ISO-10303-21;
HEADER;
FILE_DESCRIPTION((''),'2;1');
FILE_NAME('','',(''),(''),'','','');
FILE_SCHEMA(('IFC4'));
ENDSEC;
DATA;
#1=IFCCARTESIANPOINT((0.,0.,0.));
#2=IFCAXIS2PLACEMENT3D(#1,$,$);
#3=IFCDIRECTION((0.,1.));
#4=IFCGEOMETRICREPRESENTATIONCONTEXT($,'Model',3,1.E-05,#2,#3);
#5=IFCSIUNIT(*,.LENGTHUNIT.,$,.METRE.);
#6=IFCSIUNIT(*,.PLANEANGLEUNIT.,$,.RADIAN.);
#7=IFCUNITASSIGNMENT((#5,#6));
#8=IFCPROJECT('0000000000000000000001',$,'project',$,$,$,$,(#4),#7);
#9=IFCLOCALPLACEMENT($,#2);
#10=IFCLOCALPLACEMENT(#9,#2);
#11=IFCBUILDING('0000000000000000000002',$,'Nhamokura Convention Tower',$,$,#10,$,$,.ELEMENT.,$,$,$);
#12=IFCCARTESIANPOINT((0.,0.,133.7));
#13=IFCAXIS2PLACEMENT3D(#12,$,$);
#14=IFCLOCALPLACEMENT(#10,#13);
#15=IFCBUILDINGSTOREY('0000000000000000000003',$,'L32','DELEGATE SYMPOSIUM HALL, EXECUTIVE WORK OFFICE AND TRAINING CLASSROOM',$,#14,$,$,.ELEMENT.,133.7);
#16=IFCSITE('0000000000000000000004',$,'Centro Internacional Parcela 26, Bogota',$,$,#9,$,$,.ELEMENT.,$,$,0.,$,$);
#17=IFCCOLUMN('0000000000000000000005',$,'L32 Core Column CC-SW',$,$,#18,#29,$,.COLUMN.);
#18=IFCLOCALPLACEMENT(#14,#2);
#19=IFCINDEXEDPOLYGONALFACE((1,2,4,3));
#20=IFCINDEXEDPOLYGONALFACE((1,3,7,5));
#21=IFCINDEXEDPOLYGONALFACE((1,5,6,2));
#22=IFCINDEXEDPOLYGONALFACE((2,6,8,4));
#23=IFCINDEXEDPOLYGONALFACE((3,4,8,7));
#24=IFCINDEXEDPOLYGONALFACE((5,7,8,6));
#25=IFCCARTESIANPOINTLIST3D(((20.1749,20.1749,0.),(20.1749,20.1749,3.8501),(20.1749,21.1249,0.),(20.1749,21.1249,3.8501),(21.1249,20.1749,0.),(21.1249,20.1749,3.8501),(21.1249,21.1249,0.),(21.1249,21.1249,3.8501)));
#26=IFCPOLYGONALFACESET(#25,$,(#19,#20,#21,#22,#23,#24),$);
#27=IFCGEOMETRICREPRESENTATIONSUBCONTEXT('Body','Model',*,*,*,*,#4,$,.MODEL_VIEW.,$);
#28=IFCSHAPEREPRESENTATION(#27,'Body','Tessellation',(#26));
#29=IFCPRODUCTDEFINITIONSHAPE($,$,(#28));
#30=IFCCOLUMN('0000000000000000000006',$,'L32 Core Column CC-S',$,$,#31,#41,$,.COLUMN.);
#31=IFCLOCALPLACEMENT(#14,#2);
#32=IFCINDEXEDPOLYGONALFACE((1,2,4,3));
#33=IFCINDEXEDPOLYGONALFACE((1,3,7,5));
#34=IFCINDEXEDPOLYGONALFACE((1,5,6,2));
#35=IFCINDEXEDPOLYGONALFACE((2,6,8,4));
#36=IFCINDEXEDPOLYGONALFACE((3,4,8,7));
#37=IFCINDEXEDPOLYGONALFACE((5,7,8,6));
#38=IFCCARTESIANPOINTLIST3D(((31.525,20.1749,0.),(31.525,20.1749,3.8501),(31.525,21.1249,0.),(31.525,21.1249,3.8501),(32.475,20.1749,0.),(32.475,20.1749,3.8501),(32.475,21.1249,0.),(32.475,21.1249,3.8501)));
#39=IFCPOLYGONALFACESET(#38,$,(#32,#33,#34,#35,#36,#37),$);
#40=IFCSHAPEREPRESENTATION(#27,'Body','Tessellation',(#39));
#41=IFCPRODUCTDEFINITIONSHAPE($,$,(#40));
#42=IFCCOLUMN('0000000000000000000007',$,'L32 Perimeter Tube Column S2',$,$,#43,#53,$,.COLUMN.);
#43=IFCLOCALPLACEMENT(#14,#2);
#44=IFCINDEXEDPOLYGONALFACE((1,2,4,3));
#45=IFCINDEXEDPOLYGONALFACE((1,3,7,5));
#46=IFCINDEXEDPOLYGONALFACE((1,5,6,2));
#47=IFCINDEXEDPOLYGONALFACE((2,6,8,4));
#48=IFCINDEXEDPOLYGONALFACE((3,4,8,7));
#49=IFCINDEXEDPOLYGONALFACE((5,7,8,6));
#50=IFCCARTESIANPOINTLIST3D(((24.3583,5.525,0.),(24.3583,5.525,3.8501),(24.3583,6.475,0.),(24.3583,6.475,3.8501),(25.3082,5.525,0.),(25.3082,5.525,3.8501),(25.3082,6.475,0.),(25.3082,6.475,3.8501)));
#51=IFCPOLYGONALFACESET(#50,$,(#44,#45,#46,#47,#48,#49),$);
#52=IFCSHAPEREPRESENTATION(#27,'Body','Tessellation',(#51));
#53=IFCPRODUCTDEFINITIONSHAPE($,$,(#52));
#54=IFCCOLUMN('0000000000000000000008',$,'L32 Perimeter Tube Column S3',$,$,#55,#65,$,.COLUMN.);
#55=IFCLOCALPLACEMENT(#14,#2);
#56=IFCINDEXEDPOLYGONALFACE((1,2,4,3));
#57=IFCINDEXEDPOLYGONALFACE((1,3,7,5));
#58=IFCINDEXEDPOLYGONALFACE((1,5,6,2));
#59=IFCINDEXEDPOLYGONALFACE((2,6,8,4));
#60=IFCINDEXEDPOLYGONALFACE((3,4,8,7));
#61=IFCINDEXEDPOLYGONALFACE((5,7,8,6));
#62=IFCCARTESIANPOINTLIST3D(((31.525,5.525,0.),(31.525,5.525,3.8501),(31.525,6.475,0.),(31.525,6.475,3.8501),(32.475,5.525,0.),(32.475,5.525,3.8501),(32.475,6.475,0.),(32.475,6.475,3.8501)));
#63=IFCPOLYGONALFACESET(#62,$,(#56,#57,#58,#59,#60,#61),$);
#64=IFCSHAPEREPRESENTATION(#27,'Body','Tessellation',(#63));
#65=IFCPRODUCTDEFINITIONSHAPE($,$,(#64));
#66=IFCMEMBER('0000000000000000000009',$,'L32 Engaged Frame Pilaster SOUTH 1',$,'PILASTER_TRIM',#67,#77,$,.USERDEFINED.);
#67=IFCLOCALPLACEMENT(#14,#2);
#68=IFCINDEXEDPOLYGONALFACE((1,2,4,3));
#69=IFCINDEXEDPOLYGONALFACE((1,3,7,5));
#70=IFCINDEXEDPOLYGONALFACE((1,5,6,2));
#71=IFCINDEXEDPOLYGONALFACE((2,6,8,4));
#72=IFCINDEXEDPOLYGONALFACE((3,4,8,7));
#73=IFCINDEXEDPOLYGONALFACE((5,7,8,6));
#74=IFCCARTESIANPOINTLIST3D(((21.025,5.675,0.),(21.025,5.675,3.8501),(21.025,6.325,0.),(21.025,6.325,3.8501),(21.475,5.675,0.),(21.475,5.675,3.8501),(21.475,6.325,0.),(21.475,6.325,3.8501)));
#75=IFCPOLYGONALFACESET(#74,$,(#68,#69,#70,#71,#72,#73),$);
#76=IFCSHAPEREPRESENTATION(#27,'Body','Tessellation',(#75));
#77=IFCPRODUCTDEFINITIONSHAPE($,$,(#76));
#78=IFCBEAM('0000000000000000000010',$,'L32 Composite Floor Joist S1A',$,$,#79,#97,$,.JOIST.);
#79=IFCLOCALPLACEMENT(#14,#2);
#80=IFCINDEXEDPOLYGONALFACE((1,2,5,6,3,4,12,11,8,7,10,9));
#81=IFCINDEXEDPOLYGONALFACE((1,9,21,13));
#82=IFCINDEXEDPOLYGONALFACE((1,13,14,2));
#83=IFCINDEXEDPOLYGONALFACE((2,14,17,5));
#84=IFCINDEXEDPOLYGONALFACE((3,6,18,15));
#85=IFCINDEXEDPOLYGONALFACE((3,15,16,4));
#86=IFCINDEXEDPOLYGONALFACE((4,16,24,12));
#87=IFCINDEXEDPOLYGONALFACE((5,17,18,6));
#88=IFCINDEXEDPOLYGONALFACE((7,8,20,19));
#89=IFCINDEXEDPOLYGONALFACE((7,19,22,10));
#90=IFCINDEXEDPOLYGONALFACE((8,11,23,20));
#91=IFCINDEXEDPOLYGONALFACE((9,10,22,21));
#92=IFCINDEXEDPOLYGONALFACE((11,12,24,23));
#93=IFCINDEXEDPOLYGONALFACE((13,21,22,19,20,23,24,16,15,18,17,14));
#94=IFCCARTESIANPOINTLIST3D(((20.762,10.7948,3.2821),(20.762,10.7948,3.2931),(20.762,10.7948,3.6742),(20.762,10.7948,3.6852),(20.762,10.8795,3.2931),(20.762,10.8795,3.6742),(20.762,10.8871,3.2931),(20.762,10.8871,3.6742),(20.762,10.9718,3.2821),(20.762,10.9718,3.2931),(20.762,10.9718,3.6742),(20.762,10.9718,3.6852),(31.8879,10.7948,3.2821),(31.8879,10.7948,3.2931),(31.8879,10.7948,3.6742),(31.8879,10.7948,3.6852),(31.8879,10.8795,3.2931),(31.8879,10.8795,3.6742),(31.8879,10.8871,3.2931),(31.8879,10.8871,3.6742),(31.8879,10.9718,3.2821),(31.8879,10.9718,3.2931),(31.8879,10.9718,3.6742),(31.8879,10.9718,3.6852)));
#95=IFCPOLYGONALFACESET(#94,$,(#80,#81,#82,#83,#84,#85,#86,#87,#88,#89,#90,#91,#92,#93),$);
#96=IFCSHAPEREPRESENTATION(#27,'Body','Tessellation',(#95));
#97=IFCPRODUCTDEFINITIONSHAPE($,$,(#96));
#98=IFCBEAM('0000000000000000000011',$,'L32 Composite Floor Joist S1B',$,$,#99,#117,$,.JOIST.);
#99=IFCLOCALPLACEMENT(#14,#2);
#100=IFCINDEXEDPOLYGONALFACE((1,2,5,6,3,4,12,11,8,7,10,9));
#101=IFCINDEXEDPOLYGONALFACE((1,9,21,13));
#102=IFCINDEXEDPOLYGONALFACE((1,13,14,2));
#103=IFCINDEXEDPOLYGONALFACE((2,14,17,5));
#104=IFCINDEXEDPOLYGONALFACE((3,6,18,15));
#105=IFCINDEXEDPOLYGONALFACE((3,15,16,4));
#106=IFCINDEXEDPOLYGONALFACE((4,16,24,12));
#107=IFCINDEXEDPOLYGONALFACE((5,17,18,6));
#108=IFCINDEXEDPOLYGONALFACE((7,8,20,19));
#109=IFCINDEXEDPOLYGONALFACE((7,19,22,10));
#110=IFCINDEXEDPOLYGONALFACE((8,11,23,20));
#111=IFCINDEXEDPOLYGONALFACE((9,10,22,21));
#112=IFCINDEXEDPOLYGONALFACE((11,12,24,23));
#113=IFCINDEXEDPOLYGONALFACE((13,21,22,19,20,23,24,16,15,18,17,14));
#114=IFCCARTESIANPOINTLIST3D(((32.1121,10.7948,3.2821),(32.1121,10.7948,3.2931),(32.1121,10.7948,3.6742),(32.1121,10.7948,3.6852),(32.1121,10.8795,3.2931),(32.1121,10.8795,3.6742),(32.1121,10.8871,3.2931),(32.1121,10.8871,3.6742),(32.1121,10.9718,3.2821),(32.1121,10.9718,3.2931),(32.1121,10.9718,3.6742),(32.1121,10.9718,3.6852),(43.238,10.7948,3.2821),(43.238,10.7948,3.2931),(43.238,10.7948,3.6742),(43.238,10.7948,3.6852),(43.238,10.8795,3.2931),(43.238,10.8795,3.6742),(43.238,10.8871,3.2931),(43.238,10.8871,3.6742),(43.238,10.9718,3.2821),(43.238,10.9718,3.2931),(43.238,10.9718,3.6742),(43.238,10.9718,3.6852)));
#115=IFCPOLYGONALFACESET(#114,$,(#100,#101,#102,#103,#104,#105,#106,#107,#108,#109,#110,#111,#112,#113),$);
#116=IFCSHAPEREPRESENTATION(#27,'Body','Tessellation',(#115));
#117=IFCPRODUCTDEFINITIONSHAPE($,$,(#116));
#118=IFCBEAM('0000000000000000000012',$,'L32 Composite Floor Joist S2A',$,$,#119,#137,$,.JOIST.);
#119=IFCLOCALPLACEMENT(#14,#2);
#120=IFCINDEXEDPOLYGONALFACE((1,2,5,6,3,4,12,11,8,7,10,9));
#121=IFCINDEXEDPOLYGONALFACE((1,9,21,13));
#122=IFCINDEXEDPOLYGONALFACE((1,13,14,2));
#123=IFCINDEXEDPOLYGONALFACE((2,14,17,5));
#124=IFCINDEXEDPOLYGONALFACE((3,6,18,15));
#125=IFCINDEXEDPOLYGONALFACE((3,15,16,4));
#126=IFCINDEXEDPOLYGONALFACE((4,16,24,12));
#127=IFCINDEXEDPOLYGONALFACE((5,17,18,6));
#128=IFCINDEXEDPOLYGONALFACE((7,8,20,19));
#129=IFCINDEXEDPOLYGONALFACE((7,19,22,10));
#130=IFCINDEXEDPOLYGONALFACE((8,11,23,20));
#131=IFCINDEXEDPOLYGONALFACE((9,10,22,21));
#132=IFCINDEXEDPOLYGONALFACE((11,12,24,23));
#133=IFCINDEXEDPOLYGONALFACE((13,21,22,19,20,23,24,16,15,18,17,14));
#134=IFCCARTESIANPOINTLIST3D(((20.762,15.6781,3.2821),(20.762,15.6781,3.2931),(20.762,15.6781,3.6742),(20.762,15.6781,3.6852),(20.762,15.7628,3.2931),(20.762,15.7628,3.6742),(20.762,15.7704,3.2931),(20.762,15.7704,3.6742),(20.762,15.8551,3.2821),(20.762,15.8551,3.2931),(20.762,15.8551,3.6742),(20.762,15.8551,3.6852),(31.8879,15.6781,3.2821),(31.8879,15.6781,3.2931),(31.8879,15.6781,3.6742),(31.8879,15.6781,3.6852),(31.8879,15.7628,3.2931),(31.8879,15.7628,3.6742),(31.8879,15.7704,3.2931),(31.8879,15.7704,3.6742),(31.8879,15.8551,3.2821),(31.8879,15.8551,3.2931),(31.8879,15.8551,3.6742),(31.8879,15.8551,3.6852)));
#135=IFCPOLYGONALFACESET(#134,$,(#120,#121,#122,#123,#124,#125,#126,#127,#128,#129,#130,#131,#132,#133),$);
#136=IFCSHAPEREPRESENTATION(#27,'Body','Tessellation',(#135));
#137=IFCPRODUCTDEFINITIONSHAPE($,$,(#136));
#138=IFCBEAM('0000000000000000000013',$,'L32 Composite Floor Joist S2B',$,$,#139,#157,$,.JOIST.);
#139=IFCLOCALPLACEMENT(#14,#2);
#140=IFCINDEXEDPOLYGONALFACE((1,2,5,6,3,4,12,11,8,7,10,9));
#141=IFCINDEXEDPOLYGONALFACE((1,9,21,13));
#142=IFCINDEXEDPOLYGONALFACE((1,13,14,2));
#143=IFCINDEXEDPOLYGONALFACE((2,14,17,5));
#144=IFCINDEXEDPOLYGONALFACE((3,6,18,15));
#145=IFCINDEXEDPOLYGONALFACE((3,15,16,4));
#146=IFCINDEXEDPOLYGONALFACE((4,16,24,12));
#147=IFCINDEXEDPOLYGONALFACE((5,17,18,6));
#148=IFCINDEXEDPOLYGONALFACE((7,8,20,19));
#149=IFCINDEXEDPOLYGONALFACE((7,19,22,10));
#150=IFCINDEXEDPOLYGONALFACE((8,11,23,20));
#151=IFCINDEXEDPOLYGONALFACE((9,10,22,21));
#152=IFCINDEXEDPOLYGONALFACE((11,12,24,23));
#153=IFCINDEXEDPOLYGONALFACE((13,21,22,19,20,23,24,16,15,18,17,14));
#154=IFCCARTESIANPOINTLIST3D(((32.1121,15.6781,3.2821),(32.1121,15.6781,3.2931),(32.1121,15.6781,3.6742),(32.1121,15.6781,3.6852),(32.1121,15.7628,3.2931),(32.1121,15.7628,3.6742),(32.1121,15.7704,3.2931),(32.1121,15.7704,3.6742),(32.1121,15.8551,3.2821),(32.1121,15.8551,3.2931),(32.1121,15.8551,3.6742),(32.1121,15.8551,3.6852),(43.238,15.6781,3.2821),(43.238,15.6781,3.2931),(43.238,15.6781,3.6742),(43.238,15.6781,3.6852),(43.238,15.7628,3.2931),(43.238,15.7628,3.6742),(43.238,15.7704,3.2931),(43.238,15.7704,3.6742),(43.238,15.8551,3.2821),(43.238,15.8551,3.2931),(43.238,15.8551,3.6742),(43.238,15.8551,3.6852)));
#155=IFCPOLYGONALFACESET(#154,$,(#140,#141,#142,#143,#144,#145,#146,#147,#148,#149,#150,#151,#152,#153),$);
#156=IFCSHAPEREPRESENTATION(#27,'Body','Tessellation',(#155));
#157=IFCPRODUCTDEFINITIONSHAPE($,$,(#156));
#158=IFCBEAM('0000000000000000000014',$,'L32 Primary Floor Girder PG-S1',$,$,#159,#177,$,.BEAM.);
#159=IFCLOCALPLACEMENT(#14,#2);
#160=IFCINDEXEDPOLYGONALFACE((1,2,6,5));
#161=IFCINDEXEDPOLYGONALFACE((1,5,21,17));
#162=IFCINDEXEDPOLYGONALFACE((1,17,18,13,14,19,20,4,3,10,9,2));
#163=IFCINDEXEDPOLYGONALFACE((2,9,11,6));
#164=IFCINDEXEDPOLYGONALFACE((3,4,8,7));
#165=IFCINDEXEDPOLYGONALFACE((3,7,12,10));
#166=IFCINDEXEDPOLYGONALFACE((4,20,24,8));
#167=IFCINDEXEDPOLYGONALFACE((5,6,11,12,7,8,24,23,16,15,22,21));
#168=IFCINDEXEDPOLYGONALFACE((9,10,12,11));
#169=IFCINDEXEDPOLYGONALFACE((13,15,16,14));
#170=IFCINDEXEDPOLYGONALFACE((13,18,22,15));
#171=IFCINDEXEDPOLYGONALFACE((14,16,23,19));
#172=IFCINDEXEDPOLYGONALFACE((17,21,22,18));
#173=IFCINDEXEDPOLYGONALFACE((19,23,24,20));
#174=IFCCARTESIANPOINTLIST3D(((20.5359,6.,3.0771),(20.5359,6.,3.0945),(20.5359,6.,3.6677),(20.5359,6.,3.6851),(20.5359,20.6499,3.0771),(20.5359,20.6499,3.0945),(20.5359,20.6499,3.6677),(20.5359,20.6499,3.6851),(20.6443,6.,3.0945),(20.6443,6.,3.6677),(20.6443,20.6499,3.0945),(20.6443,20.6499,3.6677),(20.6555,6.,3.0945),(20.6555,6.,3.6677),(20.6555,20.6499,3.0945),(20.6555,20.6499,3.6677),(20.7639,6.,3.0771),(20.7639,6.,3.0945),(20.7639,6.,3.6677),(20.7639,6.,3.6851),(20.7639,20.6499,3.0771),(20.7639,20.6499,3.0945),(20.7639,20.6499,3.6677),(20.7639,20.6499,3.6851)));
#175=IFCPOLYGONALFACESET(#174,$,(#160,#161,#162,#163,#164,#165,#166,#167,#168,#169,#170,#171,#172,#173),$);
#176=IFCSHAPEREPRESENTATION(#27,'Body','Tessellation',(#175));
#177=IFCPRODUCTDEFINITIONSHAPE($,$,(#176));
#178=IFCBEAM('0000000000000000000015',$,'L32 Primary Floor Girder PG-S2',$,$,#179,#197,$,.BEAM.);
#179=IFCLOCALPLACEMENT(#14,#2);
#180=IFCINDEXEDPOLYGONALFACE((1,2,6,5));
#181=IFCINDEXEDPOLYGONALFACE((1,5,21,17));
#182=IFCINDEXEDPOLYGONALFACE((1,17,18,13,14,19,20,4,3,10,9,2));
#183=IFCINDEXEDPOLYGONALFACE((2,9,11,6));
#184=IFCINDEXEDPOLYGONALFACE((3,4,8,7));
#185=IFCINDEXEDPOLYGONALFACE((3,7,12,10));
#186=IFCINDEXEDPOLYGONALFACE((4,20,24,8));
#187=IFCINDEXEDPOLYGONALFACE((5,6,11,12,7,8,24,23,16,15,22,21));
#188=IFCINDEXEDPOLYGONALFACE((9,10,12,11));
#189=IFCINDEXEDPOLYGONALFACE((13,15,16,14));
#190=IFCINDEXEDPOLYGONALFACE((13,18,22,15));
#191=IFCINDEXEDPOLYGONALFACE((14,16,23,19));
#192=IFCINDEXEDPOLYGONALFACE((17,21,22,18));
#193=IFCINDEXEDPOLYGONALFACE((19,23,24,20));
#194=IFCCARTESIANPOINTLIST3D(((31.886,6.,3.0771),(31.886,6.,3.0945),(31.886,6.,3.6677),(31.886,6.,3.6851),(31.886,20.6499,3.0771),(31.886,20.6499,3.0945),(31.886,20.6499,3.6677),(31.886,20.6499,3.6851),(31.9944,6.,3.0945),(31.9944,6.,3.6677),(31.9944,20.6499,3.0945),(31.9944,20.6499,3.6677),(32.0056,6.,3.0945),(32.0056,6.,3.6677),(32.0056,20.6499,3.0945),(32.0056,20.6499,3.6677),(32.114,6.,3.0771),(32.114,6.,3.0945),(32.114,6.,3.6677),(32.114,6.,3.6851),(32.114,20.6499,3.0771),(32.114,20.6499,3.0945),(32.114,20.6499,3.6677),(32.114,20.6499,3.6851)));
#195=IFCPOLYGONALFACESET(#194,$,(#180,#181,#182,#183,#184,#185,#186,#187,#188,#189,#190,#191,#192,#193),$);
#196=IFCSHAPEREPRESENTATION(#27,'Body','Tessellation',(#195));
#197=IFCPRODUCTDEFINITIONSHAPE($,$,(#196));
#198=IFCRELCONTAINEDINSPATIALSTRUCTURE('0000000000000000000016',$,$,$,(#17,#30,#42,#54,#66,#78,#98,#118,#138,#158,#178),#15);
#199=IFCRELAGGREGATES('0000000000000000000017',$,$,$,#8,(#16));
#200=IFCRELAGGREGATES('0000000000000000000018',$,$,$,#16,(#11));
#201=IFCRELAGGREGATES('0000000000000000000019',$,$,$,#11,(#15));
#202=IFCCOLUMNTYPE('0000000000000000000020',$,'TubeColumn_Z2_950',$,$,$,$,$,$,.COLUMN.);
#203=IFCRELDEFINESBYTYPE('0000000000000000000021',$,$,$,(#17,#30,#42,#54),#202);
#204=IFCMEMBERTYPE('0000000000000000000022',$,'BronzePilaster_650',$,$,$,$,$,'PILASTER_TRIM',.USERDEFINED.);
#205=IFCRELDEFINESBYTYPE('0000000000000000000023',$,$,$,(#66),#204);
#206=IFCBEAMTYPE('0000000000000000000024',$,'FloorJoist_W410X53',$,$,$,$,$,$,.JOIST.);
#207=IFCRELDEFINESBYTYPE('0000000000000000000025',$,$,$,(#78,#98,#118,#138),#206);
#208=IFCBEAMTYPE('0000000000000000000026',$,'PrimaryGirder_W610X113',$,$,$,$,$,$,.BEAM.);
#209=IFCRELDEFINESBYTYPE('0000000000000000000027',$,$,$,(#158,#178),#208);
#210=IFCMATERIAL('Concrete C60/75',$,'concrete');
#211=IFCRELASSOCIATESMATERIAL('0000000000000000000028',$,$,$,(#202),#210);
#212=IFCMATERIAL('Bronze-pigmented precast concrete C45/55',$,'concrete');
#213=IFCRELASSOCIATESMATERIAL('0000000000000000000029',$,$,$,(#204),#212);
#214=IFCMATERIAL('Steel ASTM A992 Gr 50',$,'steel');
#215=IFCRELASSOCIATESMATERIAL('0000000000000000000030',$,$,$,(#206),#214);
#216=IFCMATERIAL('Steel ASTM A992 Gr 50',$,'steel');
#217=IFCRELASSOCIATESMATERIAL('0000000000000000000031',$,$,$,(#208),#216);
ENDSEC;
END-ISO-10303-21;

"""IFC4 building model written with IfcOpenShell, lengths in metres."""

from ifc_helpers import new_model, si_unit, direction, frame, origin, origin_2d, place, context, subcontext, project, spatial, rectangle, i_section, extrude, material, material_profile, profile_set, type_object, element, save


model = new_model("IFC4")

# Units and contexts
model_context = context("Model", 3, precision=1e-05, world=origin(), true_north=direction((0.0, 1.0)))
body_context = subcontext(model_context, "Body", "Model", "MODEL_VIEW")
ifc_project = project(units=[si_unit("LENGTHUNIT", "METRE"), si_unit("PLANEANGLEUNIT", "RADIAN")], contexts=[model_context])

# Site, building, storey
site_placement = place(None, origin())
site = spatial("IfcSite", under=ifc_project, at=site_placement, Name="Centro Internacional Parcela 26, Bogota", CompositionType="ELEMENT", RefElevation=0.0)
building_placement = place(site_placement, origin())
building = spatial("IfcBuilding", under=site, at=building_placement, Name="Nhamokura Convention Tower", CompositionType="ELEMENT")
storey_placement = place(building_placement, frame((0.0, 0.0, 133.7)))
storey = spatial("IfcBuildingStorey", under=building, at=storey_placement, Name="L32", Description="DELEGATE SYMPOSIUM HALL, EXECUTIVE WORK OFFICE AND TRAINING CLASSROOM", CompositionType="ELEMENT", Elevation=133.7)

# Columns
ifc_material_1 = material(Name="Concrete C60/75", Category="concrete")
ifc_material_profile_1 = material_profile(ifc_material_1, rectangle(XDim=0.95, YDim=0.95, at=origin_2d()))
ifc_profile_set_1 = profile_set([ifc_material_profile_1], Name="Concrete C60/75")
column_type = type_object("IfcColumnType", Name="TubeColumn_Z2_950", PredefinedType="COLUMN", material=ifc_profile_set_1)
for number, where, z_axis, x_axis, name in (
    (1, (20.6499, 20.6499, 0.0), (0.0, 0.0, 1.0), (1.0, 0.0, 0.0), "L32 Core Column CC-SW"),
    (2, (32.0, 20.6499, 0.0), (0.0, 0.0, 1.0), (1.0, 0.0, 0.0), "L32 Core Column CC-S"),
    (3, (24.8333, 6.0, 0.0), (0.0, 0.0, 1.0), (1.0, 0.0, 0.0), "L32 Perimeter Tube Column S2"),
    (4, (32.0, 6.0, 0.0), (0.0, 0.0, 1.0), (1.0, 0.0, 0.0), "L32 Perimeter Tube Column S3"),
):
    element("IfcColumn", number, at=place(storey_placement, frame(where, z_axis=z_axis, x_axis=x_axis)), inside=storey, type_object=column_type, Name=name, PredefinedType="COLUMN", context=body_context, shape_type="SweptSolid", body=[
        extrude(rectangle(XDim=0.95, YDim=0.95, at=origin_2d()), origin(), (0.0, 0.0, 1.0), 3.8501),
    ])

# Member
ifc_material_2 = material(Name="Bronze-pigmented precast concrete C45/55", Category="concrete")
ifc_material_profile_2 = material_profile(ifc_material_2, rectangle(XDim=0.45, YDim=0.6499, at=origin_2d()))
ifc_profile_set_2 = profile_set([ifc_material_profile_2], Name="Bronze-pigmented precast concrete C45/55")
member_type = type_object("IfcMemberType", Name="BronzePilaster_650", ElementType="PILASTER_TRIM", PredefinedType="USERDEFINED", material=ifc_profile_set_2)
member_placement = place(storey_placement, frame((21.25, 6.0, 0.0), z_axis=(0.0, 0.0, 1.0), x_axis=(1.0, 0.0, 0.0)))
element("IfcMember", 5, at=member_placement, inside=storey, type_object=member_type, Name="L32 Engaged Frame Pilaster SOUTH 1", ObjectType="PILASTER_TRIM", PredefinedType="USERDEFINED", context=body_context, shape_type="SweptSolid", body=[
    extrude(rectangle(XDim=0.45, YDim=0.6499, at=origin_2d()), origin(), (0.0, 0.0, 1.0), 3.8501),
])

# Beams
ifc_material_3 = material(Name="Steel ASTM A992 Gr 50", Category="steel")
ifc_material_profile_3 = material_profile(ifc_material_3, i_section(OverallWidth=0.177, OverallDepth=0.4031, WebThickness=0.0076, FlangeThickness=0.011, at=origin_2d()))
ifc_profile_set_3 = profile_set([ifc_material_profile_3], Name="Steel ASTM A992 Gr 50")
beam_type_1 = type_object("IfcBeamType", Name="FloorJoist_W410X53", PredefinedType="JOIST", material=ifc_profile_set_3)
for number, where, z_axis, x_axis, name in (
    (6, (20.762, 10.8833, 3.4836), (1.0, 0.0, 0.0), (0.0, 1.0, 0.0), "L32 Composite Floor Joist S1A"),
    (7, (32.1121, 10.8833, 3.4836), (1.0, 0.0, 0.0), (0.0, 1.0, 0.0), "L32 Composite Floor Joist S1B"),
    (8, (20.762, 15.7666, 3.4836), (1.0, 0.0, 0.0), (0.0, 1.0, 0.0), "L32 Composite Floor Joist S2A"),
    (9, (32.1121, 15.7666, 3.4836), (1.0, 0.0, 0.0), (0.0, 1.0, 0.0), "L32 Composite Floor Joist S2B"),
):
    element("IfcBeam", number, at=place(storey_placement, frame(where, z_axis=z_axis, x_axis=x_axis)), inside=storey, type_object=beam_type_1, Name=name, PredefinedType="JOIST", context=body_context, shape_type="SweptSolid", body=[
        extrude(i_section(OverallWidth=0.177, OverallDepth=0.4031, WebThickness=0.0076, FlangeThickness=0.011, at=origin_2d()), origin(), (0.0, 0.0, 1.0), 11.126),
    ])
ifc_material_4 = material(Name="Steel ASTM A992 Gr 50", Category="steel")
ifc_material_profile_4 = material_profile(ifc_material_4, i_section(OverallWidth=0.228, OverallDepth=0.6079, WebThickness=0.0112, FlangeThickness=0.0173, at=origin_2d()))
ifc_profile_set_4 = profile_set([ifc_material_profile_4], Name="Steel ASTM A992 Gr 50")
beam_type_2 = type_object("IfcBeamType", Name="PrimaryGirder_W610X113", PredefinedType="BEAM", material=ifc_profile_set_4)
for number, where, z_axis, x_axis, name in (
    (10, (20.6499, 6.0, 3.3811), (0.0, 1.0, 0.0), (-1.0, 0.0, 0.0), "L32 Primary Floor Girder PG-S1"),
    (11, (32.0, 6.0, 3.3811), (0.0, 1.0, 0.0), (-1.0, 0.0, 0.0), "L32 Primary Floor Girder PG-S2"),
):
    element("IfcBeam", number, at=place(storey_placement, frame(where, z_axis=z_axis, x_axis=x_axis)), inside=storey, type_object=beam_type_2, Name=name, PredefinedType="BEAM", context=body_context, shape_type="SweptSolid", body=[
        extrude(i_section(OverallWidth=0.228, OverallDepth=0.6079, WebThickness=0.0112, FlangeThickness=0.0173, at=origin_2d()), origin(), (0.0, 0.0, 1.0), 14.6499),
    ])

save(model, "model.ifc")
